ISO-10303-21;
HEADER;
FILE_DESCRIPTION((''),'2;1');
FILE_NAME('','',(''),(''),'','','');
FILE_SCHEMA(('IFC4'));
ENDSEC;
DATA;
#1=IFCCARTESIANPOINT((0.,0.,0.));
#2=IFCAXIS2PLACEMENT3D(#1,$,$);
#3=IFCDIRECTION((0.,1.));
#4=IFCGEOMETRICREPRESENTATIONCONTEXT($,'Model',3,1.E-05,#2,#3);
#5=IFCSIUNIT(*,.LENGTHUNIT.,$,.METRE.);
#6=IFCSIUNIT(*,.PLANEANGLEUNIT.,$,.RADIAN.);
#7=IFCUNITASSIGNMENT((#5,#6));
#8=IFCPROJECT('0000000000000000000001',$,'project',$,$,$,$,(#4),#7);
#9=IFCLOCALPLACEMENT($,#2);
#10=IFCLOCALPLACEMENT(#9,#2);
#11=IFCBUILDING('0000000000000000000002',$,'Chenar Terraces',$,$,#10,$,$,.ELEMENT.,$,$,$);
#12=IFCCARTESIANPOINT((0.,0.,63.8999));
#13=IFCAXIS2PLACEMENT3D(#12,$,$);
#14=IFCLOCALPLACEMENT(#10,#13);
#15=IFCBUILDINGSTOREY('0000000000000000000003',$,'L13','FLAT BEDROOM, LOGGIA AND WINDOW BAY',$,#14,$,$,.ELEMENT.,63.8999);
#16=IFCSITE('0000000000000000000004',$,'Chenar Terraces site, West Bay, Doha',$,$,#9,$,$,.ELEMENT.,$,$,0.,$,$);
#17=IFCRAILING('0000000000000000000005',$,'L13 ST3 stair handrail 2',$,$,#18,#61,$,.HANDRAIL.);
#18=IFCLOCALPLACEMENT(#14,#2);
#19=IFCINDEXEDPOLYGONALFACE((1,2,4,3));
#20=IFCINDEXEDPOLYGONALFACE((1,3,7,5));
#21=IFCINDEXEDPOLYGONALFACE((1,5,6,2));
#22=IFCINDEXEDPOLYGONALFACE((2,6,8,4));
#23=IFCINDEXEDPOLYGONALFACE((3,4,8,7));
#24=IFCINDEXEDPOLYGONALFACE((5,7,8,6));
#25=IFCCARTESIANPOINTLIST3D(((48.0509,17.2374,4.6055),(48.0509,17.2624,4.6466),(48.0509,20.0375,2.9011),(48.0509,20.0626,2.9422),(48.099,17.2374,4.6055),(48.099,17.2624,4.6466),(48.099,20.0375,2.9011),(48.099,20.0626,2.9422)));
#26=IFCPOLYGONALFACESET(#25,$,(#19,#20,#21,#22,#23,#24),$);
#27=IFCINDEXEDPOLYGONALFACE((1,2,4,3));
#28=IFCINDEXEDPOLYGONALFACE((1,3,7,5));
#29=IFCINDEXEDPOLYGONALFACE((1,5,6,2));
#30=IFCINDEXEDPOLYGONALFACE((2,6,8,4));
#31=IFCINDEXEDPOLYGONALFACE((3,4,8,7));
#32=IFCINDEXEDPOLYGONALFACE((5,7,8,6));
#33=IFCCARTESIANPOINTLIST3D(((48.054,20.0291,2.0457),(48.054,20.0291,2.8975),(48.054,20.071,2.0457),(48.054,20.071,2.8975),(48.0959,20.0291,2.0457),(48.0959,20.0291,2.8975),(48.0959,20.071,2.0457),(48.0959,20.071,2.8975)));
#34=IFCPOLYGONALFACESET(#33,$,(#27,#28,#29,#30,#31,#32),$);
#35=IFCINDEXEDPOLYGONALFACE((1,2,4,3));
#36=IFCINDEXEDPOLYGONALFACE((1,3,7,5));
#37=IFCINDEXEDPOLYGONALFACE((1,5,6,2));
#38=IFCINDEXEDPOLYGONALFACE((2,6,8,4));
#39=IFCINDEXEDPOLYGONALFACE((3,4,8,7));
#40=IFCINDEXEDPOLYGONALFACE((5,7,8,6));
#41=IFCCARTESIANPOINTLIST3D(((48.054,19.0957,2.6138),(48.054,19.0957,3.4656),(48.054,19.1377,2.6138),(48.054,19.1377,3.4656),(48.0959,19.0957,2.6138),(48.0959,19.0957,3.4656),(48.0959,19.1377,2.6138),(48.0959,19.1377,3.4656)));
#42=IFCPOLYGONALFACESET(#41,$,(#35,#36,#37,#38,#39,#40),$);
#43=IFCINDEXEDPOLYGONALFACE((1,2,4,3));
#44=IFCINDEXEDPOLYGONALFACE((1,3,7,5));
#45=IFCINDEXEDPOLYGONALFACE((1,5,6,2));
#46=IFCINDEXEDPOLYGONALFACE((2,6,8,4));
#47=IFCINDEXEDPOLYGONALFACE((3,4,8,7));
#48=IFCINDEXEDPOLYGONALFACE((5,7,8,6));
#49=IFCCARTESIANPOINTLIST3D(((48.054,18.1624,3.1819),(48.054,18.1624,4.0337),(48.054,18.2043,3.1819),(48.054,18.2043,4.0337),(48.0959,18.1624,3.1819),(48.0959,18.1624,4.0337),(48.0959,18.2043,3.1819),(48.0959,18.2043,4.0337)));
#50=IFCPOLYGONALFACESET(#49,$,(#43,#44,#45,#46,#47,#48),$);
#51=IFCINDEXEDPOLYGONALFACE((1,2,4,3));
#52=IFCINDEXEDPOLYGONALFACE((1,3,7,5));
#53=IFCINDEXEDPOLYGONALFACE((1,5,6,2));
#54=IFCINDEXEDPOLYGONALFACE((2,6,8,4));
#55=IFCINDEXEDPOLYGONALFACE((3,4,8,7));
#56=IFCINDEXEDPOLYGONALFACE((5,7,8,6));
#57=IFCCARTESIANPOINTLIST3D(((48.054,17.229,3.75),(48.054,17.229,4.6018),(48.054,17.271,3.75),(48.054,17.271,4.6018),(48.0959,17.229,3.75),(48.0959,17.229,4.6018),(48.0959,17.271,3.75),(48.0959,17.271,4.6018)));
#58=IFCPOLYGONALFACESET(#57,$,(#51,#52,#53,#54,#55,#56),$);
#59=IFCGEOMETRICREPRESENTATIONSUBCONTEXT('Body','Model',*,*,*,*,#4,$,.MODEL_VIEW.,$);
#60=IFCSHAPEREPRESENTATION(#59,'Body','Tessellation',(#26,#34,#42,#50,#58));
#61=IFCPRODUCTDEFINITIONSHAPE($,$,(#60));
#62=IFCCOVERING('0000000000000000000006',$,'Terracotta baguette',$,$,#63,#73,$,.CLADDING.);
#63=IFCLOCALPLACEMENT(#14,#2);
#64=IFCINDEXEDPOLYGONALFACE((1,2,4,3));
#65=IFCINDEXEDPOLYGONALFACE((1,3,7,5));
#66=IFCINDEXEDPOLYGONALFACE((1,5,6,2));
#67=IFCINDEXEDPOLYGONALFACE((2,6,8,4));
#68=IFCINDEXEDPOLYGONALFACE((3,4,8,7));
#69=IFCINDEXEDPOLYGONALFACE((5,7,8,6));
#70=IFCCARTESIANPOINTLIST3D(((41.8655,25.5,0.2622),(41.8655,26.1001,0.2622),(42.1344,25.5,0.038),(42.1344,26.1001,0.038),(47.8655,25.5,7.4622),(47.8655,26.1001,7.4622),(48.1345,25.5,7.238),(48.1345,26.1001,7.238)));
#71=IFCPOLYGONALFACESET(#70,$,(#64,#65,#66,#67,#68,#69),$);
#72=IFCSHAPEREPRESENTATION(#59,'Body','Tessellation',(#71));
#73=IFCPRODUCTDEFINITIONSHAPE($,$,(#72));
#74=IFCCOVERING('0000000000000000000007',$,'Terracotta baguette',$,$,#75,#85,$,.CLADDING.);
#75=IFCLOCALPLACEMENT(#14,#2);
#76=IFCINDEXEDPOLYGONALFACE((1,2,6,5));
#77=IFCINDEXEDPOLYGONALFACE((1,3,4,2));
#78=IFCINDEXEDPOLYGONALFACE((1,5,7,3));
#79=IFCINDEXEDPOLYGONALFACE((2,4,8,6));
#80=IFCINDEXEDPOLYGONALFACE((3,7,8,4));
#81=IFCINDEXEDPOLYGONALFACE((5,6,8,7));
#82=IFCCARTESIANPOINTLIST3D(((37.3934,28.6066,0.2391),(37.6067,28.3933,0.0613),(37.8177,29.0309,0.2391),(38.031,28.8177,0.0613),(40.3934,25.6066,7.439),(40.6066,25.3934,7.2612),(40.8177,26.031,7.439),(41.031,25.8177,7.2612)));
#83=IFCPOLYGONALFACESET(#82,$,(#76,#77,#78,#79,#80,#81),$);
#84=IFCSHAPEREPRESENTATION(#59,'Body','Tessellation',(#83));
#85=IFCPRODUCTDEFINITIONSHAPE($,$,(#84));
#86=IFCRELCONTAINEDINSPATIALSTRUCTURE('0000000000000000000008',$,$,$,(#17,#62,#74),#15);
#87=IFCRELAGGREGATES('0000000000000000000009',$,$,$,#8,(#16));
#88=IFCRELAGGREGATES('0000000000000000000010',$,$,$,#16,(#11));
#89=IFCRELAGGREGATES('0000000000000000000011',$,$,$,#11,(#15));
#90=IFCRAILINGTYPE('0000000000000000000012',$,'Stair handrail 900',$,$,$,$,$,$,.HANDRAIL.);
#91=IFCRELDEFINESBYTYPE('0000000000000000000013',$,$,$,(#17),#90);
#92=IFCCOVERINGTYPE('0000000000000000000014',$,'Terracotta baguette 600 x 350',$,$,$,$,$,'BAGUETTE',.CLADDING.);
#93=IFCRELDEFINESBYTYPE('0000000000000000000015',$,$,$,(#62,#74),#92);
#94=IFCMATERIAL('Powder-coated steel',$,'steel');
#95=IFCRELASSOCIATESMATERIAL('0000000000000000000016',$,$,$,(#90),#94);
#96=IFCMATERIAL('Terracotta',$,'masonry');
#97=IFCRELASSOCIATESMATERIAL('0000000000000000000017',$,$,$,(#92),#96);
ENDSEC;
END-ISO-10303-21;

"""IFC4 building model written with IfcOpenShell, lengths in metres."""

from ifc_helpers import new_model, si_unit, direction, frame, origin, origin_2d, place, context, subcontext, project, spatial, rectangle, extrude, material, material_profile, profile_set, type_object, element, save


model = new_model("IFC4")

# Units and contexts
model_context = context("Model", 3, precision=1e-05, world=origin(), true_north=direction((0.0, 1.0)))
body_context = subcontext(model_context, "Body", "Model", "MODEL_VIEW")
ifc_project = project(units=[si_unit("LENGTHUNIT", "METRE"), si_unit("PLANEANGLEUNIT", "RADIAN")], contexts=[model_context])

# Site, building, storey
site_placement = place(None, origin())
site = spatial("IfcSite", under=ifc_project, at=site_placement, Name="Chenar Terraces site, West Bay, Doha", CompositionType="ELEMENT", RefElevation=0.0)
building_placement = place(site_placement, origin())
building = spatial("IfcBuilding", under=site, at=building_placement, Name="Chenar Terraces", CompositionType="ELEMENT")
storey_placement = place(building_placement, frame((0.0, 0.0, 63.8999)))
storey = spatial("IfcBuildingStorey", under=building, at=storey_placement, Name="L13", Description="FLAT BEDROOM, LOGGIA AND WINDOW BAY", CompositionType="ELEMENT", Elevation=63.8999)

# Railing
ifc_material_1 = material(Name="Powder-coated steel", Category="steel")
railing_type_1 = type_object("IfcRailingType", Name="Stair handrail 900", PredefinedType="HANDRAIL", material=ifc_material_1)
railing_1_placement = place(storey_placement, frame((48.075, 20.05, 2.0457)))
element("IfcRailing", 1, at=railing_1_placement, inside=storey, type_object=railing_type_1, Name="L13 ST3 stair handrail 2", PredefinedType="HANDRAIL", context=body_context, shape_type="SweptSolid", body=[
    extrude(rectangle(XDim=0.0481, YDim=0.0481, at=origin_2d()), frame((0.0, 0.0, 0.876), z_axis=(0.0, -0.854203, 0.51994), x_axis=(1.0, 0.0, 0.0)), (0.0, 0.0, 1.0), 3.2781),
    extrude(rectangle(XDim=0.042, YDim=0.042, at=origin_2d()), origin(), (0.0, 0.0, 1.0), 0.8518),
    extrude(rectangle(XDim=0.042, YDim=0.042, at=origin_2d()), frame((0.0, -0.9333, 0.5681)), (0.0, 0.0, 1.0), 0.8518),
    extrude(rectangle(XDim=0.042, YDim=0.042, at=origin_2d()), frame((0.0, -1.8667, 1.1362)), (0.0, 0.0, 1.0), 0.8518),
    extrude(rectangle(XDim=0.042, YDim=0.042, at=origin_2d()), frame((0.0, -2.8, 1.7043)), (0.0, 0.0, 1.0), 0.8518),
])

# Coverings
ifc_material_2 = material(Name="Terracotta", Category="masonry")
ifc_material_profile_1 = material_profile(ifc_material_2, rectangle(XDim=0.6001, YDim=0.3501, at=origin_2d()), Name="Terracotta baguette 600 x 350")
ifc_profile_set_1 = profile_set([ifc_material_profile_1], Name="Terracotta")
covering_type = type_object("IfcCoveringType", Name="Terracotta baguette 600 x 350", ElementType="BAGUETTE", PredefinedType="CLADDING", material=ifc_profile_set_1)
covering_1_placement = place(storey_placement, frame((48.0, 25.8, 7.3501), z_axis=(-0.640187, 0.0, -0.768219), x_axis=(0.0, -1.0, 0.0)))
element("IfcCovering", 2, at=covering_1_placement, inside=storey, type_object=covering_type, Name="Terracotta baguette", PredefinedType="CLADDING", context=body_context, shape_type="SweptSolid", body=[
    extrude(rectangle(XDim=0.6001, YDim=0.3501, at=origin_2d()), origin(), (0.0, 0.0, 1.0), 9.3723),
])
covering_2_placement = place(storey_placement, frame((40.7122, 25.7122, 7.3501), z_axis=(-0.358981, 0.358981, -0.861548), x_axis=(-0.707107, -0.707107, 0.0)))
element("IfcCovering", 3, at=covering_2_placement, inside=storey, type_object=covering_type, Name="Terracotta baguette", PredefinedType="CLADDING", context=body_context, shape_type="SweptSolid", body=[
    extrude(rectangle(XDim=0.6001, YDim=0.3501, at=origin_2d()), origin(), (0.0, 0.0, 1.0), 8.3569),
])

save(model, "model.ifc")
